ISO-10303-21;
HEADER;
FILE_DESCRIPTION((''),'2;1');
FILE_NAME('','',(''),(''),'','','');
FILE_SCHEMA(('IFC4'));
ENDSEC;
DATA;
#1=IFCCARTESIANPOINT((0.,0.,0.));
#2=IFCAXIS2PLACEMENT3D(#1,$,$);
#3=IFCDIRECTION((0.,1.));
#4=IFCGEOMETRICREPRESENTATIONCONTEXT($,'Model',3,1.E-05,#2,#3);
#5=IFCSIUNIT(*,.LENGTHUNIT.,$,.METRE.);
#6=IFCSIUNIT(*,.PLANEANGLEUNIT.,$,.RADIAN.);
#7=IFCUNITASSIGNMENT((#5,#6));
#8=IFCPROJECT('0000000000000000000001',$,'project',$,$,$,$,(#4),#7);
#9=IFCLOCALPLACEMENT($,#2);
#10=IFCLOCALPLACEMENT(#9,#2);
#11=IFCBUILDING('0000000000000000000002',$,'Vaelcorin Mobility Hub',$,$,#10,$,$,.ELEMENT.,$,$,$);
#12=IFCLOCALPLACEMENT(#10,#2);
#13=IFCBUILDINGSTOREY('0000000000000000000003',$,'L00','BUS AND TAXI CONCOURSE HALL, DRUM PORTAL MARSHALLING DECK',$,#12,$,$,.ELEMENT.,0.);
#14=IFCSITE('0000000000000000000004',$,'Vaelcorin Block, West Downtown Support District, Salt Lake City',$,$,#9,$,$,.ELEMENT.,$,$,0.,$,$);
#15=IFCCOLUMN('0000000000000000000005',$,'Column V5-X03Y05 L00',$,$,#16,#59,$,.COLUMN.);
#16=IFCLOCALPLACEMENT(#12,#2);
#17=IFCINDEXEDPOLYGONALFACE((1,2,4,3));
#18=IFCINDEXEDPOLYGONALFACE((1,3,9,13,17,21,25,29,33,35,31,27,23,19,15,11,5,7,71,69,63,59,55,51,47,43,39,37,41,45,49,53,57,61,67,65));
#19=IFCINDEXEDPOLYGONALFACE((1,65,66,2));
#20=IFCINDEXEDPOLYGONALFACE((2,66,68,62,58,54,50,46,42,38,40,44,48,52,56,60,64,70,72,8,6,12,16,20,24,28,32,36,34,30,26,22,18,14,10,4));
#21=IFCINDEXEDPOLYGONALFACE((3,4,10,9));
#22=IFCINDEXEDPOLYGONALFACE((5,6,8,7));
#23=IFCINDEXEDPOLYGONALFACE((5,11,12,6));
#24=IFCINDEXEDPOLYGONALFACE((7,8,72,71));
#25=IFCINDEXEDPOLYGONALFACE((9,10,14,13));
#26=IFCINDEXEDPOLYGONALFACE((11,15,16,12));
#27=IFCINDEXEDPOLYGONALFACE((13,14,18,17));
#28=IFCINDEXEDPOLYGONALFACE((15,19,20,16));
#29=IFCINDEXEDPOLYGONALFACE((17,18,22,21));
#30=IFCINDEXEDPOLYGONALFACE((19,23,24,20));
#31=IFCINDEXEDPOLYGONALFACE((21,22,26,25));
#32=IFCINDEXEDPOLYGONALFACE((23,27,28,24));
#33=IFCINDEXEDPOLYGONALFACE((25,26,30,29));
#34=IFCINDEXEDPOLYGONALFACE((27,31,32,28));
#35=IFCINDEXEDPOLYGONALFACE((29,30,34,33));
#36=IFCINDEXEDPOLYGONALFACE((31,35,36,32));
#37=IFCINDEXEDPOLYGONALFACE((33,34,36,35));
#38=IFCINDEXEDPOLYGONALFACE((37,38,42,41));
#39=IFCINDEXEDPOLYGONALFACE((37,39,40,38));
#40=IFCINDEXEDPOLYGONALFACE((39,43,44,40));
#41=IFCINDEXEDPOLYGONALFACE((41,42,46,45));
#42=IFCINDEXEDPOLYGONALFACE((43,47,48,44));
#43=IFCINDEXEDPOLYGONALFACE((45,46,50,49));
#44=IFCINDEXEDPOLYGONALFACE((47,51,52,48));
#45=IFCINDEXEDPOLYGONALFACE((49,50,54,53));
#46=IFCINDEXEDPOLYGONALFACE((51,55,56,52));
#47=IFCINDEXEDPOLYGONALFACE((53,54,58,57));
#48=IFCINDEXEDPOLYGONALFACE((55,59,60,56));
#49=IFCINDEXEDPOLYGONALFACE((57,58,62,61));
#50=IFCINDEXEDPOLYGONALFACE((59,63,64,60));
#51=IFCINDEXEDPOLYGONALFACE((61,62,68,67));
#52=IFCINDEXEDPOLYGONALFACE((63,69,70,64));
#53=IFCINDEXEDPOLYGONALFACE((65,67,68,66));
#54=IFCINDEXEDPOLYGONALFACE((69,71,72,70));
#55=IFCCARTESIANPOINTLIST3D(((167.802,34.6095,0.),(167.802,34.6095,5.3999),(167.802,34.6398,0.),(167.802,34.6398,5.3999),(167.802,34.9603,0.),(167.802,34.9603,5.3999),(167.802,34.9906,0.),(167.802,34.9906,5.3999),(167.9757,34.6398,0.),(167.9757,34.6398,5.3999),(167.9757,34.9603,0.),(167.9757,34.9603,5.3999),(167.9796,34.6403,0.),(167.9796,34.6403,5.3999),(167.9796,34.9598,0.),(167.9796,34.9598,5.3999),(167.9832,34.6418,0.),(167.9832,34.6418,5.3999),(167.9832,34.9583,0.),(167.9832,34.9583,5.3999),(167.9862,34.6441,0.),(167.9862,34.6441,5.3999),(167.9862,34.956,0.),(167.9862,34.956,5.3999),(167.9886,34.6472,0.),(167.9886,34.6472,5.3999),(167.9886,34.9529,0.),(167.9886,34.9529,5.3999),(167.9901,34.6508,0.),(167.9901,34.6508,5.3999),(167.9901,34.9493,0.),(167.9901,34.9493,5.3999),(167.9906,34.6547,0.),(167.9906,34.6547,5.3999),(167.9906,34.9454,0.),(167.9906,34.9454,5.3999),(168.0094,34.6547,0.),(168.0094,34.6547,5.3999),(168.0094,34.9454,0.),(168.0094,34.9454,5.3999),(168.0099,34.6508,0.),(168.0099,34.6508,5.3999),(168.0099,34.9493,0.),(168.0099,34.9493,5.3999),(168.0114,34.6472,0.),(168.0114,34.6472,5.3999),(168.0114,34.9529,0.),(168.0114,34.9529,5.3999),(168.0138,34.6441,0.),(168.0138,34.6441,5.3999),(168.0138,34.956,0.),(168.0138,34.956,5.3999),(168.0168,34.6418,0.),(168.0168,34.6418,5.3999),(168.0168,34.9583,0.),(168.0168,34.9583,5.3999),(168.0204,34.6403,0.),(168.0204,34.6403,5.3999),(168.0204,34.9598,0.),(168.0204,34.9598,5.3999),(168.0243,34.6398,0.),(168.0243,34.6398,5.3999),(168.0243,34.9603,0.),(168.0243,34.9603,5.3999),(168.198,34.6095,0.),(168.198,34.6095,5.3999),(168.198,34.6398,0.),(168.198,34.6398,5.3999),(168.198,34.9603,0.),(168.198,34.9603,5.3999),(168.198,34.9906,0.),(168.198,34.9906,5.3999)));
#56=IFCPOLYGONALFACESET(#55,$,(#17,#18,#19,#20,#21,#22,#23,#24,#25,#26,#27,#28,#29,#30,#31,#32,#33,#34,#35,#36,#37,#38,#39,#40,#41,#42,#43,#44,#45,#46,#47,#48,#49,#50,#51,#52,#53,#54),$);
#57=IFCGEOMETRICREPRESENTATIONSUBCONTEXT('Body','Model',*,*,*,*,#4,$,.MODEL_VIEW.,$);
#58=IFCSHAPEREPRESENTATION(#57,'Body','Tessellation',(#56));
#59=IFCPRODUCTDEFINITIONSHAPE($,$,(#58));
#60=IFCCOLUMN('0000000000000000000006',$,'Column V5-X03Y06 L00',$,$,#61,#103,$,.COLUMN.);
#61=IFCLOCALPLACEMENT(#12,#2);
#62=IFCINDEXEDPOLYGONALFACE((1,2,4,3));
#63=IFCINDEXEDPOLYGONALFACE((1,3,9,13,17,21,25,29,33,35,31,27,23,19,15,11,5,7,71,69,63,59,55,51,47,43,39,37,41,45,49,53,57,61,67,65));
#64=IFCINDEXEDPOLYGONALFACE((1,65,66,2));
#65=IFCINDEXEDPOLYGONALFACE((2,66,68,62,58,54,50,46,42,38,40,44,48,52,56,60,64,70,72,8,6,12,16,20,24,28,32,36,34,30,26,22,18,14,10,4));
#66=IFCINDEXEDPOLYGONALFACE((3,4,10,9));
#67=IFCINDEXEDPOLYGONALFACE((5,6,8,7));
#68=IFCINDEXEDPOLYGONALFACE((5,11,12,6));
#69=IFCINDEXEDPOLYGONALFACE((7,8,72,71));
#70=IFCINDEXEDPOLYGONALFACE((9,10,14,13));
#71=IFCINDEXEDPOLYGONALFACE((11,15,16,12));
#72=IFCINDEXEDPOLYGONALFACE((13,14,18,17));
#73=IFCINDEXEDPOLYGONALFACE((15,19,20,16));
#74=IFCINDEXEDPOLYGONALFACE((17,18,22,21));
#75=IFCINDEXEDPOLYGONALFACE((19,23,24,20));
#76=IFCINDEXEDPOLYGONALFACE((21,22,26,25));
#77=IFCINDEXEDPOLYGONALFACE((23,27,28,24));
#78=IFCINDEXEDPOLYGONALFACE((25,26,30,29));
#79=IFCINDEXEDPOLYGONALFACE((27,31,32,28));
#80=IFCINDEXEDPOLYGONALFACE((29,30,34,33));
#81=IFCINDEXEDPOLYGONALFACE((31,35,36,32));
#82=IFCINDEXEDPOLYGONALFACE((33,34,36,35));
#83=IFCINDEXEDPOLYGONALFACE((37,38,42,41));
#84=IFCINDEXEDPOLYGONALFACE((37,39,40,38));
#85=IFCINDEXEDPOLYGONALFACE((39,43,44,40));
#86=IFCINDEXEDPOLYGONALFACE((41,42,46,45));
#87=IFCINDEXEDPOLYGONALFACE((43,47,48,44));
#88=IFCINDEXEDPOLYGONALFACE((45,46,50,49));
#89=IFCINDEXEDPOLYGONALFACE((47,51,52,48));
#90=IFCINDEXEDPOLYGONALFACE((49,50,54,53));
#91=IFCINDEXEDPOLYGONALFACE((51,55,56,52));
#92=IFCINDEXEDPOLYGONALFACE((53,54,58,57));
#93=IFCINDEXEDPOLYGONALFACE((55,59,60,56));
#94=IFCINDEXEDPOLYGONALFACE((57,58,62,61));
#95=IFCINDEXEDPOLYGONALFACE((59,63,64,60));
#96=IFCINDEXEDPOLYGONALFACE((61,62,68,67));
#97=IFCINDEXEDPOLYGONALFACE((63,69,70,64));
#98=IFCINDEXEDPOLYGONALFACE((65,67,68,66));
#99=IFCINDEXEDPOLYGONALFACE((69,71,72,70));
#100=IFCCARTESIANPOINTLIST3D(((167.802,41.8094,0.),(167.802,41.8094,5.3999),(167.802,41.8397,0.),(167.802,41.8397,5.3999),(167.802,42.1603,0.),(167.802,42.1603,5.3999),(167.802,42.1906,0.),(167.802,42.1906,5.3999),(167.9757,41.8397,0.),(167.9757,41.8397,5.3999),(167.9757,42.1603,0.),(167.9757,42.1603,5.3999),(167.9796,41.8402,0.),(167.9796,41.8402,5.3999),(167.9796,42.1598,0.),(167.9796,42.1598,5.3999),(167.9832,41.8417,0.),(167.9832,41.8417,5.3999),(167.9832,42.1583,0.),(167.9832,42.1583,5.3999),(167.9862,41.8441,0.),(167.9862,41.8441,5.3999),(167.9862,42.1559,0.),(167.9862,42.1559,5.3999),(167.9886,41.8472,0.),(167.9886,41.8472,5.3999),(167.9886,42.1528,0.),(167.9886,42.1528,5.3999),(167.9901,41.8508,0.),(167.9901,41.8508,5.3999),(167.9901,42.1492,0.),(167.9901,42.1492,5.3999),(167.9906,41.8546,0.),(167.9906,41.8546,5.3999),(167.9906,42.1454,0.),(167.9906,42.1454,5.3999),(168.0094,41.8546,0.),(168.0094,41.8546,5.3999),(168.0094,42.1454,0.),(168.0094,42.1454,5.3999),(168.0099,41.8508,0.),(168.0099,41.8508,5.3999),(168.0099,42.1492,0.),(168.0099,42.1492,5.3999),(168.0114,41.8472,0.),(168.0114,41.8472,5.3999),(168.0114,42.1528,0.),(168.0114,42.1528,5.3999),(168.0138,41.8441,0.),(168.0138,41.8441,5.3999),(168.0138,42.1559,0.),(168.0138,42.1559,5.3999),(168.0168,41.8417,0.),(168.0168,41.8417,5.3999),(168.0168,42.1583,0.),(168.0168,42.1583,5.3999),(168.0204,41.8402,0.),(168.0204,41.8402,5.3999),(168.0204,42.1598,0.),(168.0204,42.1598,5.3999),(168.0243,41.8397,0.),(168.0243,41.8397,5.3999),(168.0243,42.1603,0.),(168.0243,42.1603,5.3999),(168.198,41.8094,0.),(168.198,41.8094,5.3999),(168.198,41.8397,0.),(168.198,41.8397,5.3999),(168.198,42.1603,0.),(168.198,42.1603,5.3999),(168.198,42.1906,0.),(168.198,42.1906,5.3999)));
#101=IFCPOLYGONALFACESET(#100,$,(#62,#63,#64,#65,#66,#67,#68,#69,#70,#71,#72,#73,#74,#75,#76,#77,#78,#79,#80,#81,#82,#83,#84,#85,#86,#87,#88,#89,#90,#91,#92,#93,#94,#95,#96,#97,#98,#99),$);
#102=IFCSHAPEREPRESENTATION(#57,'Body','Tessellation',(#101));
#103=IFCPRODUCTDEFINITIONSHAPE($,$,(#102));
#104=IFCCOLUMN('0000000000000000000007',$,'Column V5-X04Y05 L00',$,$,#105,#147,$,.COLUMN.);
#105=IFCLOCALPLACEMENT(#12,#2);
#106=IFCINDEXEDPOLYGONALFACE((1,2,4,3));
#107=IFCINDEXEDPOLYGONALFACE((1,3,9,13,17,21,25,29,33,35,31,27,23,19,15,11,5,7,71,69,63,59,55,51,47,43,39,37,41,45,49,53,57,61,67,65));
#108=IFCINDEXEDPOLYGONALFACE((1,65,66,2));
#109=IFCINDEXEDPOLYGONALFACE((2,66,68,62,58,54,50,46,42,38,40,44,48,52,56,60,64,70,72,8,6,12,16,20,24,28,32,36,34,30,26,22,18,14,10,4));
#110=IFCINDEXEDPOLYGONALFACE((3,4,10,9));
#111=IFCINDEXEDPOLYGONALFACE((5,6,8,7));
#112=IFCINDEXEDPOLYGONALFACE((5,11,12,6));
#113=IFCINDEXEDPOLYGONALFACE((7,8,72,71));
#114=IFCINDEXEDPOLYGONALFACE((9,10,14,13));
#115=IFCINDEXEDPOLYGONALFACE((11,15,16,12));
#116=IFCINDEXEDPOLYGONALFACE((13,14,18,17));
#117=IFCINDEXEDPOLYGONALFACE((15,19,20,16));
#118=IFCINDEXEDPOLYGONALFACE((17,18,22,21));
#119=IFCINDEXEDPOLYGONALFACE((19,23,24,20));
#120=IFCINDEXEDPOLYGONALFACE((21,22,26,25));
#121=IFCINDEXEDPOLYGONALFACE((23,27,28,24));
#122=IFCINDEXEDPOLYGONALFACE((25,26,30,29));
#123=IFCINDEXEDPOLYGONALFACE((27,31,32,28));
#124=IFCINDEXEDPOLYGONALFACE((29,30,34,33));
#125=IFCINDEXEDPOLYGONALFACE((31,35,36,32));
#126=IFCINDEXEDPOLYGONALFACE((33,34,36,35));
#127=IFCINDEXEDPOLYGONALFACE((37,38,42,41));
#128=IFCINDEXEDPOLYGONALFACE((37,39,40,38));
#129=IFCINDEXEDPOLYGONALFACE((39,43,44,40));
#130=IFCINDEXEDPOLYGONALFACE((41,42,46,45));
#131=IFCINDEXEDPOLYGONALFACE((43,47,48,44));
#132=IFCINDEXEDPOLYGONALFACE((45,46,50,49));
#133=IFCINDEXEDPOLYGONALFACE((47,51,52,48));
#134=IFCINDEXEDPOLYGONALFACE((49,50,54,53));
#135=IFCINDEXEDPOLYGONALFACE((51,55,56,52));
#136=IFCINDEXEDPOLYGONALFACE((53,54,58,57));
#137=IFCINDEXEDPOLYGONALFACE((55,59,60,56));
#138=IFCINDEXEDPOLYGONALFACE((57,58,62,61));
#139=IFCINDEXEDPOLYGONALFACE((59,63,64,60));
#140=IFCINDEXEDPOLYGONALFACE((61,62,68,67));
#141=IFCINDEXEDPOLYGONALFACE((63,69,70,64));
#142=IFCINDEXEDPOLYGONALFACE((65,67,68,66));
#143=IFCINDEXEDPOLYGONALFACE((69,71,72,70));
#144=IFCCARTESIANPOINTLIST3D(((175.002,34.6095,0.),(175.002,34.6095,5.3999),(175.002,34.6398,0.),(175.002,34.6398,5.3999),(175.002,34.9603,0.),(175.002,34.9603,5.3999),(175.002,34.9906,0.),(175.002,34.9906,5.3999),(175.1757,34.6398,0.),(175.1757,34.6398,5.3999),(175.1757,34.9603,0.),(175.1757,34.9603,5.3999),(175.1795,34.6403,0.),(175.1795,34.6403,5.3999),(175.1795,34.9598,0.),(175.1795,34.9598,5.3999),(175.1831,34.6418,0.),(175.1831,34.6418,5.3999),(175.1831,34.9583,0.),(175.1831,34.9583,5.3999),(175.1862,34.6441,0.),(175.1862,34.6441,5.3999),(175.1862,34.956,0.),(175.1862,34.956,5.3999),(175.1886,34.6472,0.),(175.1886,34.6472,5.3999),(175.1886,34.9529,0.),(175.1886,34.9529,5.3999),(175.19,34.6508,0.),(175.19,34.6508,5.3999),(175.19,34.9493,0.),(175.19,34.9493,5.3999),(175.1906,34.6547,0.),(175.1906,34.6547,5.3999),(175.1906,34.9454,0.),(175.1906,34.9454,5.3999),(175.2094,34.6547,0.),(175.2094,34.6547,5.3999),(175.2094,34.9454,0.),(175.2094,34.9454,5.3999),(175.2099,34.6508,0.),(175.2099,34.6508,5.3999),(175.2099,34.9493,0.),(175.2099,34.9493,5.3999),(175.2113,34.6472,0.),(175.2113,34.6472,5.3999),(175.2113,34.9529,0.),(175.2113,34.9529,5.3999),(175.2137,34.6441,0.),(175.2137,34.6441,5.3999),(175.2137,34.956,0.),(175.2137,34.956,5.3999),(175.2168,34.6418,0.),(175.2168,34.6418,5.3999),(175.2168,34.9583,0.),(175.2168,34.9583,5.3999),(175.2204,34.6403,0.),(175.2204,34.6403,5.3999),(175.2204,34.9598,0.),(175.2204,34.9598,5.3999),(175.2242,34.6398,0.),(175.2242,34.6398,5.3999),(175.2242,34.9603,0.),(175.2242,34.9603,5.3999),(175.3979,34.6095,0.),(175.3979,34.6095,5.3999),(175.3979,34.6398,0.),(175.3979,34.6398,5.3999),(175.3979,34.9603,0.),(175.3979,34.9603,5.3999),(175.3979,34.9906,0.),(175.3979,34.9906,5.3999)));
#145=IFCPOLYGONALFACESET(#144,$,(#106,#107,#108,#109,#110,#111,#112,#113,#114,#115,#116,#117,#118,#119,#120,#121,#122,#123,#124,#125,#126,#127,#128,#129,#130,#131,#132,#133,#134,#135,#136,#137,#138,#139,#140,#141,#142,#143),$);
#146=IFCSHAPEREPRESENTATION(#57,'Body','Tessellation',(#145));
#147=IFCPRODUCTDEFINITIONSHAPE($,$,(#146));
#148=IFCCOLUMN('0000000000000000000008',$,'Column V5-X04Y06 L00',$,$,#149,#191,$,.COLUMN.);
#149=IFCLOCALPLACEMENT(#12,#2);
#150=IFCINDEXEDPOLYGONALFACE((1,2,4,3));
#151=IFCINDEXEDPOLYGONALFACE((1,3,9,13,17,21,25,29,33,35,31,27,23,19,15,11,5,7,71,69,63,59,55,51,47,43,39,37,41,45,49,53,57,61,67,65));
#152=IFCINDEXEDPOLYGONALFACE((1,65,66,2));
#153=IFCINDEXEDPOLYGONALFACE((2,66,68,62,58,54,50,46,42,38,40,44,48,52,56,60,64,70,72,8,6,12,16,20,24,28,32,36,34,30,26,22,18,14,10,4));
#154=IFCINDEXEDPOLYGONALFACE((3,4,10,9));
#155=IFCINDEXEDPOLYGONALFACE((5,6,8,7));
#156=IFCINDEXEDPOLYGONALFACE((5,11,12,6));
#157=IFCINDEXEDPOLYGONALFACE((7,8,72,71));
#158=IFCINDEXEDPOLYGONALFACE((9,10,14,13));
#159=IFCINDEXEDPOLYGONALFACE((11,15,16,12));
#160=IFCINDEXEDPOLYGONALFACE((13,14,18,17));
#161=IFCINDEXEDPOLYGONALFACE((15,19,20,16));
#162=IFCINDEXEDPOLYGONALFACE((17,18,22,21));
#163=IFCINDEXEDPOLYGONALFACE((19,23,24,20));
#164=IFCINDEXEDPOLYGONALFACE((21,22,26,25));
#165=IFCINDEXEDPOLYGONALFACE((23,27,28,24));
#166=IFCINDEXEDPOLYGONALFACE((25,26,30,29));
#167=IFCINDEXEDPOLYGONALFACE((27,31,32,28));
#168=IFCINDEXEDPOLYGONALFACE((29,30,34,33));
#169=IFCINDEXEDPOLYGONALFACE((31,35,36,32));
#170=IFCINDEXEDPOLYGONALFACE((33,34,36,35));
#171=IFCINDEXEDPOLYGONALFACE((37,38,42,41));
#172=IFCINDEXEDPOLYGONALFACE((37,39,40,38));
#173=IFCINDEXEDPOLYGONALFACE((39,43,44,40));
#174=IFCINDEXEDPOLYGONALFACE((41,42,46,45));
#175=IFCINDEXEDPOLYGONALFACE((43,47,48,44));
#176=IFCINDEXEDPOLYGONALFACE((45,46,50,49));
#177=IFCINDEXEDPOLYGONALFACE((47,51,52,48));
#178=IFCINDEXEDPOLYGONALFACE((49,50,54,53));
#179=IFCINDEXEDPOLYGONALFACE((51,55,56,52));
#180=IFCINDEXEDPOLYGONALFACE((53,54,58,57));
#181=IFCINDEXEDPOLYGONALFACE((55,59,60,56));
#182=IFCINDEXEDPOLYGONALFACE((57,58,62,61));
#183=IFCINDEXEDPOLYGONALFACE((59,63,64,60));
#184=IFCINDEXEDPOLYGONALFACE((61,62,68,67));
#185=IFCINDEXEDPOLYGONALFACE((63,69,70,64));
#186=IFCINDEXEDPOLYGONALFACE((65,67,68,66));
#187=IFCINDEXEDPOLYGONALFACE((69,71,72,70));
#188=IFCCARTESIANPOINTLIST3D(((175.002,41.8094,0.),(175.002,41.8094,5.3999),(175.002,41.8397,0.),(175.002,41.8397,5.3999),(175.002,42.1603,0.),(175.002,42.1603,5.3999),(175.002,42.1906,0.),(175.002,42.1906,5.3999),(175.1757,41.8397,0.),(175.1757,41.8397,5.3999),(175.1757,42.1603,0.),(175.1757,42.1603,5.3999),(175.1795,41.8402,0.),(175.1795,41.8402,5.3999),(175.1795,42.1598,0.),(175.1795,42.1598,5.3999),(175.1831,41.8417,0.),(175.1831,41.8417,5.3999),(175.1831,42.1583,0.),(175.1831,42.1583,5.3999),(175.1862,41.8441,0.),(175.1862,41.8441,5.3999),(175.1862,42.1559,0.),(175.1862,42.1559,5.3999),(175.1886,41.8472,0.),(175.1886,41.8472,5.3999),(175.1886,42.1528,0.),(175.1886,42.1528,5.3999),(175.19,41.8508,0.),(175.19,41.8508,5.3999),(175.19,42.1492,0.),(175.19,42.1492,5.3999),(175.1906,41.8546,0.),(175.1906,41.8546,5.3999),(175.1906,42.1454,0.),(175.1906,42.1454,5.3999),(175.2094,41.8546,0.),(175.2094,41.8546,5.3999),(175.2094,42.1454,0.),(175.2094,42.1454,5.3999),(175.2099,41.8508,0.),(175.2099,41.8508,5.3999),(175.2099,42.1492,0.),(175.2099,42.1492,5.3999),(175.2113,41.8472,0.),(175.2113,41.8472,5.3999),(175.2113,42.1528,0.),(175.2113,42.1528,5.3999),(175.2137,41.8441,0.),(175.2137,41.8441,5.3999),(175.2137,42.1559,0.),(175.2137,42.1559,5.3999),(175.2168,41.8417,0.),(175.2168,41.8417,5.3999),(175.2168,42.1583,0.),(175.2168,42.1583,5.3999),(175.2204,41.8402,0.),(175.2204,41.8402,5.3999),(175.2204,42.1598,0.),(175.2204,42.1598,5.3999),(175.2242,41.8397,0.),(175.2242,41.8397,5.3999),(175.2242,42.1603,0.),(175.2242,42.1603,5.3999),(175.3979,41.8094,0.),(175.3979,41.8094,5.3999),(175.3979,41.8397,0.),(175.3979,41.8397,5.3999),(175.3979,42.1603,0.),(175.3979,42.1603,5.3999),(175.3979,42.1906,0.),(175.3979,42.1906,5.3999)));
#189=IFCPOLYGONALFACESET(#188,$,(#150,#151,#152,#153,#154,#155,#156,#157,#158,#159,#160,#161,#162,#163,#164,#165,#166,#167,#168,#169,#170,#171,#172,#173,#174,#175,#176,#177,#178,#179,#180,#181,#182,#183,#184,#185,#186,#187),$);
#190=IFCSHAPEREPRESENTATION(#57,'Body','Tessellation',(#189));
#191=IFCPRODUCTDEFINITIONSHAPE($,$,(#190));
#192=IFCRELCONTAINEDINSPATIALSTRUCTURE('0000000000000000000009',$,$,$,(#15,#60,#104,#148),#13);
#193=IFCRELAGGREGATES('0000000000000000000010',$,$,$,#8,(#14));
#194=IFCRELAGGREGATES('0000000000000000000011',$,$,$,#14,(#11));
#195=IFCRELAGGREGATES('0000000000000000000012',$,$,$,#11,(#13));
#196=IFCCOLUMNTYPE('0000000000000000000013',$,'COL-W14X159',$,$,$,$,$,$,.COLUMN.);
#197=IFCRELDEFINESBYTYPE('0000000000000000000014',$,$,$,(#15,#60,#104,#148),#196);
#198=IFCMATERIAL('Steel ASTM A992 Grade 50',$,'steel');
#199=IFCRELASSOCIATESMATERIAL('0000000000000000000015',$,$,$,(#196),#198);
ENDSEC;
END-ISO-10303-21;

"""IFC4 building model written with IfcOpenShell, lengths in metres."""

from ifc_helpers import new_model, si_unit, direction, frame, origin, origin_2d, place, context, subcontext, project, spatial, i_section, extrude, material, material_profile, profile_set, type_object, element, save


model = new_model("IFC4")

# Units and contexts
model_context = context("Model", 3, precision=1e-05, world=origin(), true_north=direction((0.0, 1.0)))
body_context = subcontext(model_context, "Body", "Model", "MODEL_VIEW")
ifc_project = project(units=[si_unit("LENGTHUNIT", "METRE"), si_unit("PLANEANGLEUNIT", "RADIAN")], contexts=[model_context])

# Site, building, storey
site_placement = place(None, origin())
site = spatial("IfcSite", under=ifc_project, at=site_placement, Name="Vaelcorin Block, West Downtown Support District, Salt Lake City", CompositionType="ELEMENT", RefElevation=0.0)
building_placement = place(site_placement, origin())
building = spatial("IfcBuilding", under=site, at=building_placement, Name="Vaelcorin Mobility Hub", CompositionType="ELEMENT")
storey_placement = place(building_placement, origin())
storey = spatial("IfcBuildingStorey", under=building, at=storey_placement, Name="L00", Description="BUS AND TAXI CONCOURSE HALL, DRUM PORTAL MARSHALLING DECK", CompositionType="ELEMENT", Elevation=0.0)

# Columns
ifc_material = material(Name="Steel ASTM A992 Grade 50", Category="steel")
ifc_material_profile_1 = material_profile(ifc_material, i_section(OverallWidth=0.396, OverallDepth=0.3811, WebThickness=0.0188, FlangeThickness=0.0303, FilletRadius=0.0149, at=origin_2d()), Name="W14X159")
ifc_profile_set_1 = profile_set([ifc_material_profile_1], Name="Steel ASTM A992 Grade 50")
column_type = type_object("IfcColumnType", Name="COL-W14X159", PredefinedType="COLUMN", material=ifc_profile_set_1)
for number, where, z_axis, x_axis, name in (
    (1, (168.0, 34.8, 0.0), (0.0, 0.0, 1.0), (1.0, 0.0, 0.0), "Column V5-X03Y05 L00"),
    (2, (168.0, 42.0, 0.0), (0.0, 0.0, 1.0), (1.0, 0.0, 0.0), "Column V5-X03Y06 L00"),
    (3, (175.2, 34.8, 0.0), (0.0, 0.0, 1.0), (1.0, 0.0, 0.0), "Column V5-X04Y05 L00"),
    (4, (175.2, 42.0, 0.0), (0.0, 0.0, 1.0), (1.0, 0.0, 0.0), "Column V5-X04Y06 L00"),
):
    element("IfcColumn", number, at=place(storey_placement, frame(where, z_axis=z_axis, x_axis=x_axis)), inside=storey, type_object=column_type, Name=name, PredefinedType="COLUMN", context=body_context, shape_type="SweptSolid", body=[
        extrude(i_section(OverallWidth=0.396, OverallDepth=0.3811, WebThickness=0.0188, FlangeThickness=0.0303, FilletRadius=0.0149, at=origin_2d()), origin(), (0.0, 0.0, 1.0), 5.3999),
    ])

save(model, "model.ifc")
